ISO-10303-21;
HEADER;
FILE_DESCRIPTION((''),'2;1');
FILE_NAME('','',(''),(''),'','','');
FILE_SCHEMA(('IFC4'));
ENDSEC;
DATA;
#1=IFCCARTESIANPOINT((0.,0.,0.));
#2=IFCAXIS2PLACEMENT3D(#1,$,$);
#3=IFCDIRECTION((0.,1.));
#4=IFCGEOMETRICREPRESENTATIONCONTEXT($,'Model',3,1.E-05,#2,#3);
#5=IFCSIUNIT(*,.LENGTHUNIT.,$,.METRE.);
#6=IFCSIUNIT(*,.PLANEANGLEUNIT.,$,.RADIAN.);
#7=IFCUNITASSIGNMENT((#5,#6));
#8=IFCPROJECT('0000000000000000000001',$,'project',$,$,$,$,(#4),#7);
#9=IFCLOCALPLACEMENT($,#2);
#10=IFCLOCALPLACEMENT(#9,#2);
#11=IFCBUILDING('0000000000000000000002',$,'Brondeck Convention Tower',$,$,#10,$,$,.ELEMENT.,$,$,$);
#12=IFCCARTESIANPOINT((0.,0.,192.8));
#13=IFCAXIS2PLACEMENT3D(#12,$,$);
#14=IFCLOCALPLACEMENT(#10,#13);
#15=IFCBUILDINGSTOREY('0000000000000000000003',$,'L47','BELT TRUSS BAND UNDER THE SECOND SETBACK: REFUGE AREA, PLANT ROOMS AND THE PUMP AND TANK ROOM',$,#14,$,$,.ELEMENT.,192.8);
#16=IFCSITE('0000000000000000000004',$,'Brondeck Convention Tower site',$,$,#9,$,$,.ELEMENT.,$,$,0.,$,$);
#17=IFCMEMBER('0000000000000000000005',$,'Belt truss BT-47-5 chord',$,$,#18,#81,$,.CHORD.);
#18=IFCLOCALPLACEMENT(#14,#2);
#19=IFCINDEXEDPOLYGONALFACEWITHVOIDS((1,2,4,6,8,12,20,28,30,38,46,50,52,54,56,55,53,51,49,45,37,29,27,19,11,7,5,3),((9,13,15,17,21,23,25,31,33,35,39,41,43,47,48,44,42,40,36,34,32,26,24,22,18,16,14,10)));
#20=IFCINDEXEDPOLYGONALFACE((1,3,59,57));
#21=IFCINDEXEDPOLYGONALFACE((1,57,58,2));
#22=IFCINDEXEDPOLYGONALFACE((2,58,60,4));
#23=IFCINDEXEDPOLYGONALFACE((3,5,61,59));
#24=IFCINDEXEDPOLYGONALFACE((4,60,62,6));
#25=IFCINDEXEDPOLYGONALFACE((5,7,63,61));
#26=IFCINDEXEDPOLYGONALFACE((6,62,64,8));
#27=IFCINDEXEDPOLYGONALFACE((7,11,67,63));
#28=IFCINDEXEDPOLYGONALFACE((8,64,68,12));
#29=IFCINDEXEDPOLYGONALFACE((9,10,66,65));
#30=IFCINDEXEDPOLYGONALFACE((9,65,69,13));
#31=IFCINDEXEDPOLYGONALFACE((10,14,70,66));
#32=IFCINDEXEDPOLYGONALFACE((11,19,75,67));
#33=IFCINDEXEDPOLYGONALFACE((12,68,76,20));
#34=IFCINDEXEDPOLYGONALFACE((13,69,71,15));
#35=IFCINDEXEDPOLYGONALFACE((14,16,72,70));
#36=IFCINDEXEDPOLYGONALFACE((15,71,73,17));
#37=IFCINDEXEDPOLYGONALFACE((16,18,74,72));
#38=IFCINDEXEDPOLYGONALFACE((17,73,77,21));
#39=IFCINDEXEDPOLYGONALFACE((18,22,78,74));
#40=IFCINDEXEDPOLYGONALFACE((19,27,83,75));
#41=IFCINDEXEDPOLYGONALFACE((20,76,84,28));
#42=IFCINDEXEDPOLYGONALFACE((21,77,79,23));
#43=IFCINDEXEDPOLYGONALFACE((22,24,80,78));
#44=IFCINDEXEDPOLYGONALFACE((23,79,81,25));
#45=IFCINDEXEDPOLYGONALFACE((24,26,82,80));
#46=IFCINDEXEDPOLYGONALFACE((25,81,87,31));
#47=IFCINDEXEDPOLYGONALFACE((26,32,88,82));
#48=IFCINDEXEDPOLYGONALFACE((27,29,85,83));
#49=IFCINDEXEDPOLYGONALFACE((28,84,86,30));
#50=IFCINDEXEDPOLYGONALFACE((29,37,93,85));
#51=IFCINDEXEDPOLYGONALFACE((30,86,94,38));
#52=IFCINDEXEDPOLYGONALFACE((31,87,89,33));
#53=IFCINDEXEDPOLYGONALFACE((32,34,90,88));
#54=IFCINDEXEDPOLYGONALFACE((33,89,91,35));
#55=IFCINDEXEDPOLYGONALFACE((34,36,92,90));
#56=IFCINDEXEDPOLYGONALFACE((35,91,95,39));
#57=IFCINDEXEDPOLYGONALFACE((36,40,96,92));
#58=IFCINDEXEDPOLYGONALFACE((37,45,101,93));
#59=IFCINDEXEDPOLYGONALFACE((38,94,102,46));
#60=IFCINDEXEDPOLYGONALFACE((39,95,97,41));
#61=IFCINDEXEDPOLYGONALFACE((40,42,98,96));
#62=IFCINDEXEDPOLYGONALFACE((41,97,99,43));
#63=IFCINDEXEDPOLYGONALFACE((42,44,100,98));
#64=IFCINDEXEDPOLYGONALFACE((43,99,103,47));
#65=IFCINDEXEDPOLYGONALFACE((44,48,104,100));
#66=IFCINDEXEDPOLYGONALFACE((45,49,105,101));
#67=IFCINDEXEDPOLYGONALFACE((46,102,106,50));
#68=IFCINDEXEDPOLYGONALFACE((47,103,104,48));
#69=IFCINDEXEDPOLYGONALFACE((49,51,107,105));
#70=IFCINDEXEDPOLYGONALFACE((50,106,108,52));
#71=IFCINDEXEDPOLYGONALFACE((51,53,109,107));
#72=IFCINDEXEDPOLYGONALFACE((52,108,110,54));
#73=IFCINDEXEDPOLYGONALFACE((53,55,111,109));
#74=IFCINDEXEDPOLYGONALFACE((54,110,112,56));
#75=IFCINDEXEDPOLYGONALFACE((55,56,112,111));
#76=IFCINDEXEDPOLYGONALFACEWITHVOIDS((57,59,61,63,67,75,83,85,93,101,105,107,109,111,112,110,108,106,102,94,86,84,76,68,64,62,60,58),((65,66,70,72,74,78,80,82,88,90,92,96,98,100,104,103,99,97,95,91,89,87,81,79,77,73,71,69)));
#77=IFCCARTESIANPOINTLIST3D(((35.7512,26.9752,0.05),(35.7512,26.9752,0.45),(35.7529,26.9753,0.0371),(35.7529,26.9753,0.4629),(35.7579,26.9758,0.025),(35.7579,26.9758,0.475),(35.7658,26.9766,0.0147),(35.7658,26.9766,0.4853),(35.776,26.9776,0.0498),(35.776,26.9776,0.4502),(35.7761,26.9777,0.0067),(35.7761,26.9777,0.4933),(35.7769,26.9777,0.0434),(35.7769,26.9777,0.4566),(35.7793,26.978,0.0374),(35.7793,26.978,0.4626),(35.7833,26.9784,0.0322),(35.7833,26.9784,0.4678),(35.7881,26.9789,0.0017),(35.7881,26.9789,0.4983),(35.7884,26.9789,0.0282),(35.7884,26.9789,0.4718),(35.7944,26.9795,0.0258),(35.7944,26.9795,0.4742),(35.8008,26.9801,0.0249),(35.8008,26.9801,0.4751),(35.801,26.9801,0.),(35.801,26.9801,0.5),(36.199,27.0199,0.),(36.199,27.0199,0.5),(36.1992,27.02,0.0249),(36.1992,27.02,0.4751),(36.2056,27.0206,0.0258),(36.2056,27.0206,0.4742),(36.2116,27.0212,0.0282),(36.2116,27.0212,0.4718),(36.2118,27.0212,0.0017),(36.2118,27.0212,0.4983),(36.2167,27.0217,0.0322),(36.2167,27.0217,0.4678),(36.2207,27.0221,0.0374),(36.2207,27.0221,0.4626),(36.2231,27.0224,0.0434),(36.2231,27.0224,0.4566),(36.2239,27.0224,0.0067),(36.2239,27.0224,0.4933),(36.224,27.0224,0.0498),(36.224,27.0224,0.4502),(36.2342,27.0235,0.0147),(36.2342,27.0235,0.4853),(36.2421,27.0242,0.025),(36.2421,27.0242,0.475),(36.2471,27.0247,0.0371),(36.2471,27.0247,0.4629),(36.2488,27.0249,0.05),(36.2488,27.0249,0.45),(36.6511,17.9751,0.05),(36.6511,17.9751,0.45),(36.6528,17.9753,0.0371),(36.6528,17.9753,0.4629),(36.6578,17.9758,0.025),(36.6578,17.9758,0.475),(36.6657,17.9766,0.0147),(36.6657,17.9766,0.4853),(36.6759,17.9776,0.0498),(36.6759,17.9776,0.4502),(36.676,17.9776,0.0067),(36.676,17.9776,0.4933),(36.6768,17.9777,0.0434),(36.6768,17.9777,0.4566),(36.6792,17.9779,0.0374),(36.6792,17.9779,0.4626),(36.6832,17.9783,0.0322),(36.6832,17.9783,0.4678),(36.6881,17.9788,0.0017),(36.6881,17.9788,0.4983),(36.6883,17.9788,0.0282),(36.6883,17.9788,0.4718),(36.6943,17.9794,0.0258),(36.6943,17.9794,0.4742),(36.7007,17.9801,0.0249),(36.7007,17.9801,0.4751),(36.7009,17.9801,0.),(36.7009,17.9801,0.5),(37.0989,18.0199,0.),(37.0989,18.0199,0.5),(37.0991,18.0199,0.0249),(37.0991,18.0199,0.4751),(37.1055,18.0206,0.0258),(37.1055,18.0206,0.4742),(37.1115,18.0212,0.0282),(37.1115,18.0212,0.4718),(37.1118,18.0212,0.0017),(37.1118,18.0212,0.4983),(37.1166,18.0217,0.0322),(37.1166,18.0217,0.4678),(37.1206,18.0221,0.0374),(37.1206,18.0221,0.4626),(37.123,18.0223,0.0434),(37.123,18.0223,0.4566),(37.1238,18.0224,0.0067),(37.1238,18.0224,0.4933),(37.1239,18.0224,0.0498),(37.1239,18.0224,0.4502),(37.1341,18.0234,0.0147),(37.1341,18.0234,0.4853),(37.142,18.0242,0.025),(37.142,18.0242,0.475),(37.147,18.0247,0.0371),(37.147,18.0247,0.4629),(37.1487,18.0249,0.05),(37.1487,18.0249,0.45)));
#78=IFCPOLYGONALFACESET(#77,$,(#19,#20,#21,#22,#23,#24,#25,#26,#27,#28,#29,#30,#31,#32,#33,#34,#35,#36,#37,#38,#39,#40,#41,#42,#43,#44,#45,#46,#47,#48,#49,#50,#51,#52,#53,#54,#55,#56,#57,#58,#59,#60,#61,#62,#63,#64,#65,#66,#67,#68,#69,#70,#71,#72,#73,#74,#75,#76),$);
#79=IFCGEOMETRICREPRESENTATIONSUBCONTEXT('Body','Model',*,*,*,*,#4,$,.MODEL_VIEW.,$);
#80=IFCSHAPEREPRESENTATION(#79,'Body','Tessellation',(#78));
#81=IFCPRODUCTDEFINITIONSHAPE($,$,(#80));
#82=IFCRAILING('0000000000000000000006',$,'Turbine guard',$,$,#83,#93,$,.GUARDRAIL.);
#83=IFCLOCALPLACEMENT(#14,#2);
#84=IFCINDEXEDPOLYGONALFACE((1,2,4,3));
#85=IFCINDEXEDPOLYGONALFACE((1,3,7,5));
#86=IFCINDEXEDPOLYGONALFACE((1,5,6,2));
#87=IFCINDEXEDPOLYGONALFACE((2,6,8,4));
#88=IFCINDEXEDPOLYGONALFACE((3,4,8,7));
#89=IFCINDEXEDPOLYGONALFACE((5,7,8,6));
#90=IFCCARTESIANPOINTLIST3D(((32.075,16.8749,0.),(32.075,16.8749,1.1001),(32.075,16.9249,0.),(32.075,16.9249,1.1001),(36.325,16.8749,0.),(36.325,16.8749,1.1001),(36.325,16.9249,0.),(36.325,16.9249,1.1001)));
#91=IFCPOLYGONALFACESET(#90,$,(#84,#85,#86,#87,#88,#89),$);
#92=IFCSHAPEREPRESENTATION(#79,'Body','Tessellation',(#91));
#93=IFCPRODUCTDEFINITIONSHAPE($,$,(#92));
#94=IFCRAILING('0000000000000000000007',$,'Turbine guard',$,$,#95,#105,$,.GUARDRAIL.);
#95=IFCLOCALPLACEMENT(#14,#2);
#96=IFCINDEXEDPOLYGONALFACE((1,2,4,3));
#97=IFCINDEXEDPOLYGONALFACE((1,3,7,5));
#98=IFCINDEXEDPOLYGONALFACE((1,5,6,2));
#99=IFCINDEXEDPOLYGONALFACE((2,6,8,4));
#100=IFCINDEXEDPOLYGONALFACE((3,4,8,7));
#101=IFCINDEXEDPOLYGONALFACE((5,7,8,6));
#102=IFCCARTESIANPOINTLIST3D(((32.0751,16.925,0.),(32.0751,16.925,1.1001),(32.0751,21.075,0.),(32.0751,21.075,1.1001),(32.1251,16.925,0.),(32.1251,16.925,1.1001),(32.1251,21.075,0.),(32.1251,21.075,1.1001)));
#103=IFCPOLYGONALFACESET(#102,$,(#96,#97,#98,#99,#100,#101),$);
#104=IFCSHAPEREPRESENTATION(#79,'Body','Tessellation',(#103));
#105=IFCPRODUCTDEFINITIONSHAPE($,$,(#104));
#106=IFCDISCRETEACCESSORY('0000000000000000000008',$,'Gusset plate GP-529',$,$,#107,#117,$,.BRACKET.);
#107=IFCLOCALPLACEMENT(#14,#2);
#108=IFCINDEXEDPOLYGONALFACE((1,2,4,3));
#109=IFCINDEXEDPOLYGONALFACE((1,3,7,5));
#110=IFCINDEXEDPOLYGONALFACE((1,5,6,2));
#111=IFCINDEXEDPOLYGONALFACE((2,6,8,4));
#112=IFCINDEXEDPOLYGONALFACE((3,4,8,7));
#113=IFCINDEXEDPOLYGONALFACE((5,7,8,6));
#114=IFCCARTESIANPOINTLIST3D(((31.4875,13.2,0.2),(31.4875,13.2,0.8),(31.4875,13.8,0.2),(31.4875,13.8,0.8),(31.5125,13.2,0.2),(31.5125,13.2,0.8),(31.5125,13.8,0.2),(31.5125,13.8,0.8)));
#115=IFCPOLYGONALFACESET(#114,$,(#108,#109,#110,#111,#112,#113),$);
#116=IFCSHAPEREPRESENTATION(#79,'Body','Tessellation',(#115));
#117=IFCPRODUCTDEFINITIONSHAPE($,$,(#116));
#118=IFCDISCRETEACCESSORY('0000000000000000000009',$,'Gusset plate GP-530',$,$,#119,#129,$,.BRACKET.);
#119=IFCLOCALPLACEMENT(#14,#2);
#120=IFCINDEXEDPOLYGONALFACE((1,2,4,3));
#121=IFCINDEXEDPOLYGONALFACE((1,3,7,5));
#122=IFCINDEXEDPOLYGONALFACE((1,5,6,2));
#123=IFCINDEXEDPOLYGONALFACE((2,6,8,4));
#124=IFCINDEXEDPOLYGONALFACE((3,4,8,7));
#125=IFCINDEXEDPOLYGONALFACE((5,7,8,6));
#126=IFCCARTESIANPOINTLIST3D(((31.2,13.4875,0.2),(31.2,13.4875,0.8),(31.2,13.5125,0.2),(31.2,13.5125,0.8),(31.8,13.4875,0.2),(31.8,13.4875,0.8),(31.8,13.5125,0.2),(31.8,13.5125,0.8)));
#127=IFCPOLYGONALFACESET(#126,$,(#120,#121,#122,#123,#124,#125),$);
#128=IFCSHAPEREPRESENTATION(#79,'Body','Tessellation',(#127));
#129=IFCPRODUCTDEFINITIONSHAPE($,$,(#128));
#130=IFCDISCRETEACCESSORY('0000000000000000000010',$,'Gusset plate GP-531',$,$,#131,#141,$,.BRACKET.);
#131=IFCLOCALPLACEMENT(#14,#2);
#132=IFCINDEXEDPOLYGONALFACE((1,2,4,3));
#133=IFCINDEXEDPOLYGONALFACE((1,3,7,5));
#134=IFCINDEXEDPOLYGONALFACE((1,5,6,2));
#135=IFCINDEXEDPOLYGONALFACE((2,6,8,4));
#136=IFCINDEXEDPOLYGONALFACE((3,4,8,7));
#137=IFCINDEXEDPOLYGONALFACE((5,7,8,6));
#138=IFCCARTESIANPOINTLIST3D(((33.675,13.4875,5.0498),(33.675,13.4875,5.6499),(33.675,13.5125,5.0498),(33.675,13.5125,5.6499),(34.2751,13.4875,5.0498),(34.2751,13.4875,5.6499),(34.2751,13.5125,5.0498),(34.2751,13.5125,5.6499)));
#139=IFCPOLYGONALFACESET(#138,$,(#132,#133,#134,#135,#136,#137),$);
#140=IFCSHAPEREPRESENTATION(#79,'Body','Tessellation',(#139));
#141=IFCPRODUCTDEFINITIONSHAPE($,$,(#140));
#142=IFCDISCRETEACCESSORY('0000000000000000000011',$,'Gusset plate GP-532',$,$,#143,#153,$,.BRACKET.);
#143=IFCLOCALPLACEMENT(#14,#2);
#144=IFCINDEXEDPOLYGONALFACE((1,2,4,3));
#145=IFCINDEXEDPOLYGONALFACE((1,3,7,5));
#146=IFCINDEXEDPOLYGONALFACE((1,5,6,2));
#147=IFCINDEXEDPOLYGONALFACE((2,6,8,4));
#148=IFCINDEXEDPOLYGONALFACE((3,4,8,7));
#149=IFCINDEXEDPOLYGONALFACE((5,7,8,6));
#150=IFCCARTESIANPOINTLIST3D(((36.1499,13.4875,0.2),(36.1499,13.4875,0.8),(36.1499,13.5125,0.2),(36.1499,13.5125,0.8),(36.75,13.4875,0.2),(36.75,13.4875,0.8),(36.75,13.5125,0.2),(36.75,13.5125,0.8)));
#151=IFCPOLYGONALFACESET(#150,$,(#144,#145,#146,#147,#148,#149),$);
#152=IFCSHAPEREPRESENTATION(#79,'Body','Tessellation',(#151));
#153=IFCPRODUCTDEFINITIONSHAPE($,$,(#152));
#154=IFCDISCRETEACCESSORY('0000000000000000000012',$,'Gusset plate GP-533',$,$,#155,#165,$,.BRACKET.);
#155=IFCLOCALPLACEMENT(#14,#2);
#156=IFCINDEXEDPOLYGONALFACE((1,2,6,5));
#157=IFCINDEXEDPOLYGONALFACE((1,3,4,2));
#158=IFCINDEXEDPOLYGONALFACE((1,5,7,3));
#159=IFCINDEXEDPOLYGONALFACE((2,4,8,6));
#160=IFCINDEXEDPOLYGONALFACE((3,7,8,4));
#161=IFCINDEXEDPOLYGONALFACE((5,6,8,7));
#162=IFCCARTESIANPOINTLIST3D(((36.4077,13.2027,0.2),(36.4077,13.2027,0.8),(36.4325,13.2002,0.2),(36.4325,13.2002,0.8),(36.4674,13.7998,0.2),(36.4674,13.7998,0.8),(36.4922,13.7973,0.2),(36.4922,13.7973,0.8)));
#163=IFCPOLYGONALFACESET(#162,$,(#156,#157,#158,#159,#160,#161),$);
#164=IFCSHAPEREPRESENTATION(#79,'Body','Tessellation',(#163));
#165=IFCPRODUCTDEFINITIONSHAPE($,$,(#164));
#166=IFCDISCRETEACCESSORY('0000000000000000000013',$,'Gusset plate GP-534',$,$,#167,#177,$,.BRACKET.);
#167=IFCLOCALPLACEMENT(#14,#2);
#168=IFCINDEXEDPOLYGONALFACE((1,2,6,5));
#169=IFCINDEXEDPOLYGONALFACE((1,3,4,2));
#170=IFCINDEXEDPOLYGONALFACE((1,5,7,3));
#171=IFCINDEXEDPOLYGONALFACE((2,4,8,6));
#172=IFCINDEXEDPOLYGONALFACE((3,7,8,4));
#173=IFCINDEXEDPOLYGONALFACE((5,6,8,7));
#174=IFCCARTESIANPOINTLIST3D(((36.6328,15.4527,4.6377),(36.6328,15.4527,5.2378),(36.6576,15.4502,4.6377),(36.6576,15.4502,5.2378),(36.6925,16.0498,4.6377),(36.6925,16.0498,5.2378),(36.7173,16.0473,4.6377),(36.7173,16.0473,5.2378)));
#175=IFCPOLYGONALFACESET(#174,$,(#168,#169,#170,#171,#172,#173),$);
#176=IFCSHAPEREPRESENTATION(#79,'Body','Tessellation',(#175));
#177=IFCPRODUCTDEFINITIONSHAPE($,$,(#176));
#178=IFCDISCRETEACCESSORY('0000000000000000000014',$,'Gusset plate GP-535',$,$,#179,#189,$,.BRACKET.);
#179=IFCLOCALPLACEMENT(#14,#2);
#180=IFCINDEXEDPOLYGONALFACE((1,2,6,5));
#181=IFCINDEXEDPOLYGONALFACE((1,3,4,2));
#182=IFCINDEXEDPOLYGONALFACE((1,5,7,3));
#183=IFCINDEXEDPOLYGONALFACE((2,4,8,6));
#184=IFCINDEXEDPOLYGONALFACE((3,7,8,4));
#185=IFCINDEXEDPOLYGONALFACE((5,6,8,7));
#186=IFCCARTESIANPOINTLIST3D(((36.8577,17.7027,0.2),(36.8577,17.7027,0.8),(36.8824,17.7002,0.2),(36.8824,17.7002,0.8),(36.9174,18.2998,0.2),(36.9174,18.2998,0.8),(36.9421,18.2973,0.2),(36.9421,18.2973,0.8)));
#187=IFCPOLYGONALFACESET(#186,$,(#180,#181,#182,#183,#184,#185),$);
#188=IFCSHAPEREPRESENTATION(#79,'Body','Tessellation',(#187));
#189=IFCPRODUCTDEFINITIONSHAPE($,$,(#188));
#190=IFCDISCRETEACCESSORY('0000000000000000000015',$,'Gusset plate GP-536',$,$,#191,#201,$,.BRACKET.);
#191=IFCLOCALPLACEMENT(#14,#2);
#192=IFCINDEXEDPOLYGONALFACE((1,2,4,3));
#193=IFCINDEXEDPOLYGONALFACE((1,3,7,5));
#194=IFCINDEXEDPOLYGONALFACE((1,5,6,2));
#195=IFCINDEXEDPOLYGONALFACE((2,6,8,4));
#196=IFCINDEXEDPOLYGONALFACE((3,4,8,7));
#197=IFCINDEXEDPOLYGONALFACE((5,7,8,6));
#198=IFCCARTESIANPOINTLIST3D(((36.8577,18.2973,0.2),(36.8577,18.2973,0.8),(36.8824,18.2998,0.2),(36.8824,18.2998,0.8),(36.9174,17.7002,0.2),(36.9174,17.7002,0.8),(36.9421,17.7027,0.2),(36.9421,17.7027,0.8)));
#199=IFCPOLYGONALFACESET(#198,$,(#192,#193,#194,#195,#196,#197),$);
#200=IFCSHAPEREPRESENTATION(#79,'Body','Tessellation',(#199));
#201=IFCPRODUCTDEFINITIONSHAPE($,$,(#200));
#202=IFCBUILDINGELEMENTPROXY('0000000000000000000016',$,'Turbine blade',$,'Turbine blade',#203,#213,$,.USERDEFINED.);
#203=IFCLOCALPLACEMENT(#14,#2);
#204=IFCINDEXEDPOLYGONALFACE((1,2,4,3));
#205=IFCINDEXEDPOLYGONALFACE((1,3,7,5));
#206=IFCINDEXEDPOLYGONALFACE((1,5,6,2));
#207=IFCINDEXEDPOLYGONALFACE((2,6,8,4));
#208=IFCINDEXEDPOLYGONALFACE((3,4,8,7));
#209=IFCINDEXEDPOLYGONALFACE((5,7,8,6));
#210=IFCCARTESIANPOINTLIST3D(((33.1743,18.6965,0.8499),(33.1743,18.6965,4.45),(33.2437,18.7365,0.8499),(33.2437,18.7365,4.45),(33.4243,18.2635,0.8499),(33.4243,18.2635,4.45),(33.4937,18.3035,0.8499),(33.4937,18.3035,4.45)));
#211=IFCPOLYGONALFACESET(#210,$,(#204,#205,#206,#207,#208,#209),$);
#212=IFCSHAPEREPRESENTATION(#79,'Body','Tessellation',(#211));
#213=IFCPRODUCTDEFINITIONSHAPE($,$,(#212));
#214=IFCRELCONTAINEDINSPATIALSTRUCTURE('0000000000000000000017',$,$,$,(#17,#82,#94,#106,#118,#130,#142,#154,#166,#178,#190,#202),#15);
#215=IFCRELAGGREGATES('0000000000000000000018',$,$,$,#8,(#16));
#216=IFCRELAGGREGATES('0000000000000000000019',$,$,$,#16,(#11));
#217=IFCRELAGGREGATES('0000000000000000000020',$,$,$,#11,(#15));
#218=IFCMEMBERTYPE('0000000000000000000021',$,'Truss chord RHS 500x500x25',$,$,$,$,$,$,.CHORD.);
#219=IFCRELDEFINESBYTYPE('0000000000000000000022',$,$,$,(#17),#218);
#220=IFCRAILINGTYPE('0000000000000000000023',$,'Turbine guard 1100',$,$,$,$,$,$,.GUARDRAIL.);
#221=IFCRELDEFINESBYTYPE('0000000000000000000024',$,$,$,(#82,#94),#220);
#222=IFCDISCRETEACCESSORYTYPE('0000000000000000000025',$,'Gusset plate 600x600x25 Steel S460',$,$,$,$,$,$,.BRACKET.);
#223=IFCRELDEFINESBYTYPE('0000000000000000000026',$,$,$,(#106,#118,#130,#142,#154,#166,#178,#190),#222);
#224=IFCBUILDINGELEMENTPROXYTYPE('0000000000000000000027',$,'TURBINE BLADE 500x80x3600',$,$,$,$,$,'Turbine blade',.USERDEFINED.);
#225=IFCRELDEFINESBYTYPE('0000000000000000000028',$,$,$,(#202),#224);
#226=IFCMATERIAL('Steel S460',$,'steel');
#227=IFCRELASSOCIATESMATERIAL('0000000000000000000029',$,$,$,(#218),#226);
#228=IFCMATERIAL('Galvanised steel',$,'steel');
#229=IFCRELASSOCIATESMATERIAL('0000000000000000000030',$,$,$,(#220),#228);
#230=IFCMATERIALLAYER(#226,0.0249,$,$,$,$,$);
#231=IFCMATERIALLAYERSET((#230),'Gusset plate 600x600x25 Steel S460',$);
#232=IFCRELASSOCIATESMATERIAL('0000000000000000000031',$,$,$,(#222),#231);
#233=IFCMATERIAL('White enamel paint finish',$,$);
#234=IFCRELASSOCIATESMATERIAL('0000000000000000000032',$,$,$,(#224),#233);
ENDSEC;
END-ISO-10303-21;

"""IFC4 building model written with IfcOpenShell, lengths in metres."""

from ifc_helpers import new_model, si_unit, direction, frame, origin, origin_2d, place, context, subcontext, project, spatial, rectangle, hollow_rectangle, extrude, material, layer, layer_set, material_profile, profile_set, type_object, element, save


model = new_model("IFC4")

# Units and contexts
model_context = context("Model", 3, precision=1e-05, world=origin(), true_north=direction((0.0, 1.0)))
body_context = subcontext(model_context, "Body", "Model", "MODEL_VIEW")
ifc_project = project(units=[si_unit("LENGTHUNIT", "METRE"), si_unit("PLANEANGLEUNIT", "RADIAN")], contexts=[model_context])

# Site, building, storey
site_placement = place(None, origin())
site = spatial("IfcSite", under=ifc_project, at=site_placement, Name="Brondeck Convention Tower site", CompositionType="ELEMENT", RefElevation=0.0)
building_placement = place(site_placement, origin())
building = spatial("IfcBuilding", under=site, at=building_placement, Name="Brondeck Convention Tower", CompositionType="ELEMENT")
storey_placement = place(building_placement, frame((0.0, 0.0, 192.8)))
storey = spatial("IfcBuildingStorey", under=building, at=storey_placement, Name="L47", Description="BELT TRUSS BAND UNDER THE SECOND SETBACK: REFUGE AREA, PLANT ROOMS AND THE PUMP AND TANK ROOM", CompositionType="ELEMENT", Elevation=192.8)

# Shared definitions
ifc_material_1 = material(Name="Steel S460", Category="steel")

# Member
ifc_material_profile_1 = material_profile(ifc_material_1, hollow_rectangle(XDim=0.5, YDim=0.5, WallThickness=0.0249, InnerFilletRadius=0.0249, OuterFilletRadius=0.05, at=origin_2d()), Name="RHS 500x500x25")
ifc_profile_set_1 = profile_set([ifc_material_profile_1], Name="Steel S460")
member_type_1 = type_object("IfcMemberType", Name="Truss chord RHS 500x500x25", PredefinedType="CHORD", material=ifc_profile_set_1)
member_1_placement = place(storey_placement, frame((36.8999, 18.0, 0.25), z_axis=(-0.099493, 0.995038, 0.0), x_axis=(-0.995038, -0.099493, 0.0)))
element("IfcMember", 1, at=member_1_placement, inside=storey, type_object=member_type_1, Name="Belt truss BT-47-5 chord", PredefinedType="CHORD", context=body_context, shape_type="SweptSolid", body=[
    extrude(hollow_rectangle(XDim=0.5, YDim=0.5, WallThickness=0.0249, InnerFilletRadius=0.0249, OuterFilletRadius=0.05, at=origin_2d()), origin(), (0.0, 0.0, 1.0), 9.0449),
])

# Railings
ifc_material_2 = material(Name="Galvanised steel", Category="steel")
railing_type = type_object("IfcRailingType", Name="Turbine guard 1100", PredefinedType="GUARDRAIL", material=ifc_material_2)
railing_1_placement = place(storey_placement, frame((34.2, 16.8999, 0.0), z_axis=(0.0, 0.0, 1.0), x_axis=(1.0, 0.0, 0.0)))
element("IfcRailing", 2, at=railing_1_placement, inside=storey, type_object=railing_type, Name="Turbine guard", PredefinedType="GUARDRAIL", context=body_context, shape_type="SweptSolid", body=[
    extrude(rectangle(XDim=4.25, YDim=0.05, at=origin_2d()), origin(), (0.0, 0.0, 1.0), 1.1001),
])
railing_2_placement = place(storey_placement, frame((32.1001, 19.0, 0.0), z_axis=(0.0, 0.0, 1.0), x_axis=(1.0, 0.0, 0.0)))
element("IfcRailing", 3, at=railing_2_placement, inside=storey, type_object=railing_type, Name="Turbine guard", PredefinedType="GUARDRAIL", context=body_context, shape_type="SweptSolid", body=[
    extrude(rectangle(XDim=0.05, YDim=4.1499, at=origin_2d()), origin(), (0.0, 0.0, 1.0), 1.1001),
])

# Discrete accessories
ifc_layer = layer(ifc_material_1, 0.0249)
ifc_layer_set = layer_set([ifc_layer], Name="Gusset plate 600x600x25 Steel S460")
discrete_accessory_type = type_object("IfcDiscreteAccessoryType", Name="Gusset plate 600x600x25 Steel S460", PredefinedType="BRACKET", material=ifc_layer_set)
for number, where, z_axis, x_axis, name in (
    (4, (31.5, 13.5, 0.2), (0.0, 0.0, 1.0), (0.0, 1.0, 0.0), "Gusset plate GP-529"),
    (5, (31.5, 13.5, 0.2), (0.0, 0.0, 1.0), (1.0, 0.0, 0.0), "Gusset plate GP-530"),
    (6, (33.9751, 13.5, 5.0498), (0.0, 0.0, 1.0), (1.0, 0.0, 0.0), "Gusset plate GP-531"),
    (7, (36.45, 13.5, 0.2), (0.0, 0.0, 1.0), (1.0, 0.0, 0.0), "Gusset plate GP-532"),
    (8, (36.45, 13.5, 0.2), (0.0, 0.0, 1.0), (0.099511, 0.995036, 0.0), "Gusset plate GP-533"),
    (9, (36.675, 15.75, 4.6377), (0.0, 0.0, 1.0), (0.099511, 0.995036, 0.0), "Gusset plate GP-534"),
    (10, (36.8999, 18.0, 0.2), (0.0, 0.0, 1.0), (0.099511, 0.995036, 0.0), "Gusset plate GP-535"),
    (11, (36.8999, 18.0, 0.2), (0.0, 0.0, 1.0), (-0.099511, 0.995036, 0.0), "Gusset plate GP-536"),
):
    element("IfcDiscreteAccessory", number, at=place(storey_placement, frame(where, z_axis=z_axis, x_axis=x_axis)), inside=storey, type_object=discrete_accessory_type, Name=name, PredefinedType="BRACKET", context=body_context, shape_type="SweptSolid", body=[
        extrude(rectangle(XDim=0.6001, YDim=0.0249, at=origin_2d()), origin(), (0.0, 0.0, 1.0), 0.6001),
    ])

# Building element proxy
ifc_material_3 = material(Name="White enamel paint finish")
building_element_proxy_type_1 = type_object("IfcBuildingElementProxyType", Name="TURBINE BLADE 500x80x3600", ElementType="Turbine blade", PredefinedType="USERDEFINED", material=ifc_material_3)
for number, where, z_axis, x_axis, name in (
    (12, (33.334, 18.5, 0.8499), (0.0, 0.0, 1.0), (0.5, -0.866025, 0.0), "Turbine blade"),
):
    element("IfcBuildingElementProxy", number, at=place(storey_placement, frame(where, z_axis=z_axis, x_axis=x_axis)), inside=storey, type_object=building_element_proxy_type_1, Name=name, ObjectType="Turbine blade", PredefinedType="USERDEFINED", context=body_context, shape_type="SweptSolid", body=[
        extrude(rectangle(XDim=0.5, YDim=0.0801, at=origin_2d()), origin(), (0.0, 0.0, 1.0), 3.6001),
    ])

save(model, "model.ifc")
